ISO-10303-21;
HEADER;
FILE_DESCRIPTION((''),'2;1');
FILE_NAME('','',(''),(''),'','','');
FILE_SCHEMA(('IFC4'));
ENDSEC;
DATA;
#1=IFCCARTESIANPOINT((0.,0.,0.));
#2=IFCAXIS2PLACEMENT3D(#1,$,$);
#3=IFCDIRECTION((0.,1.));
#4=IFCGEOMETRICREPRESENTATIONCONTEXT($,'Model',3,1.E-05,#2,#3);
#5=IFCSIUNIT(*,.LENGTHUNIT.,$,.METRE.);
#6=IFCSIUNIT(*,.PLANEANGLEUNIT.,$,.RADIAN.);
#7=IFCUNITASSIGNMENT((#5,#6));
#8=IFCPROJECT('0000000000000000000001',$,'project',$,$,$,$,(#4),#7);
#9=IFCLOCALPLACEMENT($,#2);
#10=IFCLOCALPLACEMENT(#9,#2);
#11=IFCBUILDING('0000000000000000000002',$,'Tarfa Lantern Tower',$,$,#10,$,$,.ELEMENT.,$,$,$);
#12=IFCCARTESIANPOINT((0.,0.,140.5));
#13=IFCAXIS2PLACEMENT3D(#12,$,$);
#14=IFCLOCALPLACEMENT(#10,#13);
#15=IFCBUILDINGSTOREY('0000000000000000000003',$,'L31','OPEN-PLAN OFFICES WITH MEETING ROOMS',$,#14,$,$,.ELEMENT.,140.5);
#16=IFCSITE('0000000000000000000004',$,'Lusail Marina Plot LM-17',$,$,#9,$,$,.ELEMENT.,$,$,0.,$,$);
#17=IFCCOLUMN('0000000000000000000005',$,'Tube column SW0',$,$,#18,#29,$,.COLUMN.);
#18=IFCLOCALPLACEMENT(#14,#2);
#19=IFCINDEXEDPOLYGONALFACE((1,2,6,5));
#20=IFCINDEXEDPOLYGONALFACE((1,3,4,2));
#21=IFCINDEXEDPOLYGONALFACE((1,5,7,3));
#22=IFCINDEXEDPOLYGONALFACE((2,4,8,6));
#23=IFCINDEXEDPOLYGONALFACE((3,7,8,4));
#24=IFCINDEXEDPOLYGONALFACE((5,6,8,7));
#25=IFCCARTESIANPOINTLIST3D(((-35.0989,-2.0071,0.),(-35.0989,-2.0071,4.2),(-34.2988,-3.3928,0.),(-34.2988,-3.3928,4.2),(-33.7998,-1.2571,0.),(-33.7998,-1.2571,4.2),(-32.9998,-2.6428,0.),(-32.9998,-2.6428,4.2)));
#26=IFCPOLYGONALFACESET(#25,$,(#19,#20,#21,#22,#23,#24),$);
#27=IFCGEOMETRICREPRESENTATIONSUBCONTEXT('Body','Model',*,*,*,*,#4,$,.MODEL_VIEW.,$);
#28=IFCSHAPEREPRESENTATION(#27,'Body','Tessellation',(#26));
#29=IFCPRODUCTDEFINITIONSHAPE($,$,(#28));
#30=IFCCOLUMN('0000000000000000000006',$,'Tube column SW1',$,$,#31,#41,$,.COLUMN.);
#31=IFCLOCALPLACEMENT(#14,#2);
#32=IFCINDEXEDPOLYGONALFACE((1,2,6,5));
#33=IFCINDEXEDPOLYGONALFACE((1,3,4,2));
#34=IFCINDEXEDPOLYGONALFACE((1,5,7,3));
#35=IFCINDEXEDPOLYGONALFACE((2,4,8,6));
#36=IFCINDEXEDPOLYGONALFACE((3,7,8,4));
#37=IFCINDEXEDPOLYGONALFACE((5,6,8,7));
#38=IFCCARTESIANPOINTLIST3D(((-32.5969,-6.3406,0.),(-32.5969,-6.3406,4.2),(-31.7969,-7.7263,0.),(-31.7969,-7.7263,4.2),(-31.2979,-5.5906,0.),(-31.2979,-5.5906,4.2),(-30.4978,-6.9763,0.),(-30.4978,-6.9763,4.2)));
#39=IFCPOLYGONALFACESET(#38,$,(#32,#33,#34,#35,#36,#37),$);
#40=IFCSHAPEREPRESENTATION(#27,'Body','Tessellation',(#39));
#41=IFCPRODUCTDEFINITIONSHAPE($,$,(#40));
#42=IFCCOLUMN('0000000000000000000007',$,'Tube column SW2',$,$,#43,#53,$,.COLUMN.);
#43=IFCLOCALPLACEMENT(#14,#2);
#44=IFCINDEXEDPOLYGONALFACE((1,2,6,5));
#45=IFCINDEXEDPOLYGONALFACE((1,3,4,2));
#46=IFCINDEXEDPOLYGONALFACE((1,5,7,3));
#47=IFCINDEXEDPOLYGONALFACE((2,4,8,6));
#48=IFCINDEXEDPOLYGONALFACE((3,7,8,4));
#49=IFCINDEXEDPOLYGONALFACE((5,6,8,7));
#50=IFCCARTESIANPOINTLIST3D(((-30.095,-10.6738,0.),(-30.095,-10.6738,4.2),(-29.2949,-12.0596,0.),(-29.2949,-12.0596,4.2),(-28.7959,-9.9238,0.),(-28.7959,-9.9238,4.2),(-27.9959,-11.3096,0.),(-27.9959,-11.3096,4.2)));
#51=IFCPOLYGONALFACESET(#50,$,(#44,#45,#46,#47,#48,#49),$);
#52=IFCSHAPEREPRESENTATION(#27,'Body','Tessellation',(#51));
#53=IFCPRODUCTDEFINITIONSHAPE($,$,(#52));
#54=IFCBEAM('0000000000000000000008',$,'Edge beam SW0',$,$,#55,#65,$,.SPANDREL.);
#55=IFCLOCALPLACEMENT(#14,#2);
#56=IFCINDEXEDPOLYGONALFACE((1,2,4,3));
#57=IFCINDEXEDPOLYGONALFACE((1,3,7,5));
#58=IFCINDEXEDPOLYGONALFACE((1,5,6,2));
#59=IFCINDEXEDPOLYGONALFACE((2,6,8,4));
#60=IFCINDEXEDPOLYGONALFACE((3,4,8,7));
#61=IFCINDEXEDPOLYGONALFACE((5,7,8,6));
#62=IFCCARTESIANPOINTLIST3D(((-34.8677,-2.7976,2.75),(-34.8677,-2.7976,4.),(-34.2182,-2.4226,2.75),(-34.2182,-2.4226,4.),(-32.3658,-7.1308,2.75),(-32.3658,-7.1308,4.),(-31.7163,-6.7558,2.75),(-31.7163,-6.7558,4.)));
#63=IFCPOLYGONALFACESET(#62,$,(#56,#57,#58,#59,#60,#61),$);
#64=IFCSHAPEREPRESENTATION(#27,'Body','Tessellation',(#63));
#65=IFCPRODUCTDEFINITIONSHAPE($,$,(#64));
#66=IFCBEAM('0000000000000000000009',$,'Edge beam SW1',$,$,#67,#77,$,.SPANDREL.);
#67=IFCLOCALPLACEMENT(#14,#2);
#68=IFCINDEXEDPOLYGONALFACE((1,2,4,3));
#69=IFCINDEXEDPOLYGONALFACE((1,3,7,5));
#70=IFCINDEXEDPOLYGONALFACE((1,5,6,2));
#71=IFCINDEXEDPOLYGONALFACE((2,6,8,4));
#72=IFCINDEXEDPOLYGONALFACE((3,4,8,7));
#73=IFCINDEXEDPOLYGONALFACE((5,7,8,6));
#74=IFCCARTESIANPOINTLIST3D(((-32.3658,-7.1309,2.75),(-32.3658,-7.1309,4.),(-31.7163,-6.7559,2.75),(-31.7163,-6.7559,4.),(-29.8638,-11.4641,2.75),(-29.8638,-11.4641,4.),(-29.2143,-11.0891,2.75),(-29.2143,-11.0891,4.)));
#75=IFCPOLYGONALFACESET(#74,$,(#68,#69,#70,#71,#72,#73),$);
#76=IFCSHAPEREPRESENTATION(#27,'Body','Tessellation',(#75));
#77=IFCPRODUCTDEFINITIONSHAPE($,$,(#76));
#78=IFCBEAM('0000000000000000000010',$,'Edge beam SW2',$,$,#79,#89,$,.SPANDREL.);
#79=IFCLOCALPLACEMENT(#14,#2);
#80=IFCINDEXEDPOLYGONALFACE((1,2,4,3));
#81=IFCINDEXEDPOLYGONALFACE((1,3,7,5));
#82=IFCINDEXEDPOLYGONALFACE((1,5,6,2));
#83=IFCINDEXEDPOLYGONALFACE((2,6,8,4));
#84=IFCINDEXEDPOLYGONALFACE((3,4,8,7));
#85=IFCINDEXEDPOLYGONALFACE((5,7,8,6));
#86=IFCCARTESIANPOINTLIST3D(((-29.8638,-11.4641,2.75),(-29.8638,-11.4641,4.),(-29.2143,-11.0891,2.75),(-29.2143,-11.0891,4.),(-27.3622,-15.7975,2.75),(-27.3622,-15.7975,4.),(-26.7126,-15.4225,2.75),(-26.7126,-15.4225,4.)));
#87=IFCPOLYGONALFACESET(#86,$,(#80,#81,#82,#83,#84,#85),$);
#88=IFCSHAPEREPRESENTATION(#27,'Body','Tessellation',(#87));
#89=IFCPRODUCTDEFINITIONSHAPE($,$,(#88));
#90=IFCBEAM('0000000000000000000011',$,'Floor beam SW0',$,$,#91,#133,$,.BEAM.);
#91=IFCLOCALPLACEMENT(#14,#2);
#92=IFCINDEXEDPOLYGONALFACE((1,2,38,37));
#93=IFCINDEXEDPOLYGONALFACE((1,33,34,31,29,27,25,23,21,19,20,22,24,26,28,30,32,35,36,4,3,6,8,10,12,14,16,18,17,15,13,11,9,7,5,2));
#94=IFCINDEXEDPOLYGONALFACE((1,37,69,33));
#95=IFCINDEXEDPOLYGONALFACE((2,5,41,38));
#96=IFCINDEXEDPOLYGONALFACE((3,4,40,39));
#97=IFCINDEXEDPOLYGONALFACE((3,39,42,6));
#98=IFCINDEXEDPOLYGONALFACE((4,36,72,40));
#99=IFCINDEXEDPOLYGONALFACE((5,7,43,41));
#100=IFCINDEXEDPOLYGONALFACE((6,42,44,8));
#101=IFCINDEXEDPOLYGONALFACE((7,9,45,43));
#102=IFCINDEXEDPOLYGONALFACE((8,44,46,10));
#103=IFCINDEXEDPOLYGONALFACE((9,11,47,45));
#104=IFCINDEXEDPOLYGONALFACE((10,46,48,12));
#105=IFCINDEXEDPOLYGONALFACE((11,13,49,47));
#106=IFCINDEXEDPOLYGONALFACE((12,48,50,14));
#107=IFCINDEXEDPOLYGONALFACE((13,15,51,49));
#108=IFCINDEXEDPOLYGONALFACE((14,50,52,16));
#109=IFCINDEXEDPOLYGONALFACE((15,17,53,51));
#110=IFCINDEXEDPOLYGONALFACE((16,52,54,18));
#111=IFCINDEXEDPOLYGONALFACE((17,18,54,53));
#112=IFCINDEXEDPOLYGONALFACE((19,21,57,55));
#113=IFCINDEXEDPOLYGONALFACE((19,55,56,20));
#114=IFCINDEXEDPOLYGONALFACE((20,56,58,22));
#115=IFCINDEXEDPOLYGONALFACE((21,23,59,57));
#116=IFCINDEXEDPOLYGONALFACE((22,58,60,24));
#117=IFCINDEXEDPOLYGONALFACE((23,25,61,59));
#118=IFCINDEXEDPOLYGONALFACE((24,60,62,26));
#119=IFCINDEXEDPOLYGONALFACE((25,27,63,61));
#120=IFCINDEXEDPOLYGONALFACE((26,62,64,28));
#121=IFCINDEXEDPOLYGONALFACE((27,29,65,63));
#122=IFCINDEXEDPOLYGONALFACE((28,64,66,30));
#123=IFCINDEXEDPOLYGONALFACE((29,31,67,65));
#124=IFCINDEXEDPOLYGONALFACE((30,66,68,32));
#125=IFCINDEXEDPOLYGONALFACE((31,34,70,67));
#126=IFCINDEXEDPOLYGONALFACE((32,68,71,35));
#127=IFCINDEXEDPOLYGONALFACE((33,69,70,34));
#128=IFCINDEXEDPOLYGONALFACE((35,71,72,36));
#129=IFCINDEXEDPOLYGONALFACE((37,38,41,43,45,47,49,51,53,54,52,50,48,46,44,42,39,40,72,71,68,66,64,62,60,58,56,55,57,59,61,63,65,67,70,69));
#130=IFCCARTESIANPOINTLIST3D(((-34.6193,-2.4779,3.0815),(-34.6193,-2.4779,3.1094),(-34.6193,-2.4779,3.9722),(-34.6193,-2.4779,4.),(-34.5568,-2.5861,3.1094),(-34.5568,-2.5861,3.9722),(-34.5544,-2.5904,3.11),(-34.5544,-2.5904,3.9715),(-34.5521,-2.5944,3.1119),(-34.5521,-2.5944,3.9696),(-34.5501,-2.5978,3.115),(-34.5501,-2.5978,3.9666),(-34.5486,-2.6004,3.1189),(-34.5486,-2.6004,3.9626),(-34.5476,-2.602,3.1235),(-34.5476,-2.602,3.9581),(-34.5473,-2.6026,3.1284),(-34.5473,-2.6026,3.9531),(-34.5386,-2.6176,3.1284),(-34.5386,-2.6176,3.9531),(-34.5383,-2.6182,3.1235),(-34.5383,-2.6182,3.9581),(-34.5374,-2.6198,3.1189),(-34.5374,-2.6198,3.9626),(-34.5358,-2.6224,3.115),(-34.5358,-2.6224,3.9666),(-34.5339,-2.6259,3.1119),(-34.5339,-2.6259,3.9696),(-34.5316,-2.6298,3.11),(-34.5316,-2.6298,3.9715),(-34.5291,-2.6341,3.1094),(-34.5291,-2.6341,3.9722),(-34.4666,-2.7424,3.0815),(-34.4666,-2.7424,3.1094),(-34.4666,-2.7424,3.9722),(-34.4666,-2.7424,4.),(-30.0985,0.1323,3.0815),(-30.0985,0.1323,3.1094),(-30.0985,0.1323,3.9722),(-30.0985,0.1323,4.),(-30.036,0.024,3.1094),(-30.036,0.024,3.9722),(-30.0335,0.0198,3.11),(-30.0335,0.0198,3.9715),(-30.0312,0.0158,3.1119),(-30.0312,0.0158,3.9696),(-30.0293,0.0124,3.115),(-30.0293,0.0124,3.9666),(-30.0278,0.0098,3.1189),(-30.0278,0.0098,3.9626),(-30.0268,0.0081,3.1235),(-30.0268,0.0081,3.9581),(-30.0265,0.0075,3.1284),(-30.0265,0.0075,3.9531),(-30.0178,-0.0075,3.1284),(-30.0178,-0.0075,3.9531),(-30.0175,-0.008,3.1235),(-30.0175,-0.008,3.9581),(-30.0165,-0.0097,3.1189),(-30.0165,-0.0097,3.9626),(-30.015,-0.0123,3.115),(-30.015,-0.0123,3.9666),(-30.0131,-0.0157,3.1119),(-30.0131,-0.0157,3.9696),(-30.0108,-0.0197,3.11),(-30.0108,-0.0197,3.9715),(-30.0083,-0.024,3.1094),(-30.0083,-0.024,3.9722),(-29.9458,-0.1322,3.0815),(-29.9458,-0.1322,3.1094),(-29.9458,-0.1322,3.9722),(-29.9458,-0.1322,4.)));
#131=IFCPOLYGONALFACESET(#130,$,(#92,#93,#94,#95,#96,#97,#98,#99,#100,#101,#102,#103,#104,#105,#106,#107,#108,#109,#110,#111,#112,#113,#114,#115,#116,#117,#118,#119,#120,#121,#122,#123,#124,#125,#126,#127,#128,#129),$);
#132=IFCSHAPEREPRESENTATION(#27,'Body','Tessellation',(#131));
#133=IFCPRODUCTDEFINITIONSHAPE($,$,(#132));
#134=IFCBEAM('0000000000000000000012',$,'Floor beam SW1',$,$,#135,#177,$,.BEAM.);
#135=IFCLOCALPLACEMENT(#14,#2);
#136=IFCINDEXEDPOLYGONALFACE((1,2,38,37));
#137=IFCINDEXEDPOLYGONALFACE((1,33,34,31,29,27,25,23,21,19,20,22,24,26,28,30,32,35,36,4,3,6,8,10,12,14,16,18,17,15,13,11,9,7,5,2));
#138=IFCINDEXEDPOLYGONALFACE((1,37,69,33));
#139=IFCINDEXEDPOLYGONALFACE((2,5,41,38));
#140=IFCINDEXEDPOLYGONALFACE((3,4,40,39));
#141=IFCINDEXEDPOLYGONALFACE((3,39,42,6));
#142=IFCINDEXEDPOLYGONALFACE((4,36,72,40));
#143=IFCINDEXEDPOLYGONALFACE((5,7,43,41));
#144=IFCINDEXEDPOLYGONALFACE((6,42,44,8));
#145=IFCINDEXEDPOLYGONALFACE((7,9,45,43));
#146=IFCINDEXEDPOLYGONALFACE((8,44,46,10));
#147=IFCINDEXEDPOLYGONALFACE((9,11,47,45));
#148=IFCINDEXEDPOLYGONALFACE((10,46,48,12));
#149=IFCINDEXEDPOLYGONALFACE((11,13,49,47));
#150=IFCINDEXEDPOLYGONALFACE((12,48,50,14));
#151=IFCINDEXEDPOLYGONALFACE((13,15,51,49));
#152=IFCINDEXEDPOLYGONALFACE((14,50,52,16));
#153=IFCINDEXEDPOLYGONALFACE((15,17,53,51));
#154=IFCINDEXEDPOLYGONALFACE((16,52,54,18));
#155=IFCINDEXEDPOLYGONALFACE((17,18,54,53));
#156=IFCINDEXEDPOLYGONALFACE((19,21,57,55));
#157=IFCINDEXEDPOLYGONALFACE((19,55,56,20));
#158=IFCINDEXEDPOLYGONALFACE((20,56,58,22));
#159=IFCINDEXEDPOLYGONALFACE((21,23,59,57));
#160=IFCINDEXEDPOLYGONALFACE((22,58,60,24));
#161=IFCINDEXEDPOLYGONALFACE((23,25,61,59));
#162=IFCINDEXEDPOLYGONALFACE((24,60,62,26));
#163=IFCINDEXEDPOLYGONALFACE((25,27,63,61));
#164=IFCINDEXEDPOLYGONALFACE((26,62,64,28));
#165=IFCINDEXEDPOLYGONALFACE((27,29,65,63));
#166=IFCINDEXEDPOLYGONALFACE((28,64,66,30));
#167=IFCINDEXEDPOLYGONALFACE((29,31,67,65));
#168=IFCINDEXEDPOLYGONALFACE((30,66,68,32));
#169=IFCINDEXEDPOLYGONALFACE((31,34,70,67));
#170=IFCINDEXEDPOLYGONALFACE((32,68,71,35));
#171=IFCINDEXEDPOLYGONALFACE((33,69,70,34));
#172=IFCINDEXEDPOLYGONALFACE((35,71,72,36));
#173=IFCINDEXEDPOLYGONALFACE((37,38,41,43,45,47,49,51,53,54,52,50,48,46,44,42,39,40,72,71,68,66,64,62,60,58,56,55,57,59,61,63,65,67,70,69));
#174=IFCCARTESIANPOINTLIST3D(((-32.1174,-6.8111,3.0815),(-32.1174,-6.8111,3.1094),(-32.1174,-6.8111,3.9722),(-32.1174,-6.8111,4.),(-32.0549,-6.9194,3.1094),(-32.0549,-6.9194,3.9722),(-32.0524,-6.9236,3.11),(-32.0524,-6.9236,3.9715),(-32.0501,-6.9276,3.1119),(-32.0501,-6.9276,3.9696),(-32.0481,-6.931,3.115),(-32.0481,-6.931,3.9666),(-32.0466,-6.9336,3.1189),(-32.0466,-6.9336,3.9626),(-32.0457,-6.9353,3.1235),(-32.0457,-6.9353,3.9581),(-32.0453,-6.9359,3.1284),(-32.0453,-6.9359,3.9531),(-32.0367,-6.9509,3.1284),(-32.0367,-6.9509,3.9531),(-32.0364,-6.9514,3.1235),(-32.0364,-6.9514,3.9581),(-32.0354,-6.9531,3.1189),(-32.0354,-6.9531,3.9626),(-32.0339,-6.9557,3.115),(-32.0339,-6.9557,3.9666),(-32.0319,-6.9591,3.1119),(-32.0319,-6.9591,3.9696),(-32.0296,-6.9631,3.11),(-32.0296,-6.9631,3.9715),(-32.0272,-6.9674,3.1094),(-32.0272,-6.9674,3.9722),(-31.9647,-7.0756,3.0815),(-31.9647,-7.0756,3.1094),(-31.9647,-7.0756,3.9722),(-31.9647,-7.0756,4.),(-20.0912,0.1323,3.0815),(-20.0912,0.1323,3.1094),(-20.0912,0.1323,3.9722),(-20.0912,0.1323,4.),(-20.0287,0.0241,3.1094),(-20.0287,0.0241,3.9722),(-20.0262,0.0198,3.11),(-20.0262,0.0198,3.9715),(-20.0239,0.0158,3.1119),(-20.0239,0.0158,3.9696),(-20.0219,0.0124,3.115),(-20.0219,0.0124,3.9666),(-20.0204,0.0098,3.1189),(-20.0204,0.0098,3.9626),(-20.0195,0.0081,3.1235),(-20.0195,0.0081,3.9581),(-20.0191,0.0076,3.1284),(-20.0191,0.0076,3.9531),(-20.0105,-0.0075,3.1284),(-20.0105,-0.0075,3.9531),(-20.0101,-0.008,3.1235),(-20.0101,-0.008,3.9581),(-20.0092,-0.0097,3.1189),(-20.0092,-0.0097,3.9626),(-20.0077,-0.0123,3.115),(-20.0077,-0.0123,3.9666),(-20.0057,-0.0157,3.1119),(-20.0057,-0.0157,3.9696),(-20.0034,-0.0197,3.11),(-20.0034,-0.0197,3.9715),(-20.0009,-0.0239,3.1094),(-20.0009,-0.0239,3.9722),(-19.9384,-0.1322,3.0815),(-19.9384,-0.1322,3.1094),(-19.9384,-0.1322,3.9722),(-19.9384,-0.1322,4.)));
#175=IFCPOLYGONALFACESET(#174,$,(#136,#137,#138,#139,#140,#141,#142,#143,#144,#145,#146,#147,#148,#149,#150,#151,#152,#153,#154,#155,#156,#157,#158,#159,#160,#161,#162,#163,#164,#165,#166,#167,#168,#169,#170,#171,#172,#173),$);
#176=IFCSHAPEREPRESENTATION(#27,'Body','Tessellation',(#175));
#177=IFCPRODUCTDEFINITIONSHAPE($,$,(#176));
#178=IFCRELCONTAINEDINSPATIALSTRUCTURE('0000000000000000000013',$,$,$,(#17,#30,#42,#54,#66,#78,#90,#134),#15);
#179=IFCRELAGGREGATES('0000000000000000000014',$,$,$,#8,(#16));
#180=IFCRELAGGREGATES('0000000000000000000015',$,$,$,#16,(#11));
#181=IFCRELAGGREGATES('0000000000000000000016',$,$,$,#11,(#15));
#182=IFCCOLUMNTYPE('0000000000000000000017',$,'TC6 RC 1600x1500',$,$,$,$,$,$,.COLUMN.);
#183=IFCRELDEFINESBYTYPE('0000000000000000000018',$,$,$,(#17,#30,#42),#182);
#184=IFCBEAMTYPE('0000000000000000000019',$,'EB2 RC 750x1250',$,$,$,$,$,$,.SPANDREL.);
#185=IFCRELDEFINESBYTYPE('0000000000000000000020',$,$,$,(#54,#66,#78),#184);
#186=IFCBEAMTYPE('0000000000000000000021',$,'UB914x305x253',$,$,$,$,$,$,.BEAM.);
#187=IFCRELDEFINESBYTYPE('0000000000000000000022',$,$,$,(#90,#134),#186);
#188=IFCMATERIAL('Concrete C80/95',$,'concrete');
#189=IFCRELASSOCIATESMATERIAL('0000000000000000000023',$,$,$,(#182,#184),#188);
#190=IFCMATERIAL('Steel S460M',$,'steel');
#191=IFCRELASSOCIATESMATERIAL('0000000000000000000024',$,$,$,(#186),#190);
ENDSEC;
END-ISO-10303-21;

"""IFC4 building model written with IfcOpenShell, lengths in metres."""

from ifc_helpers import new_model, si_unit, direction, frame, origin, origin_2d, place, context, subcontext, project, spatial, rectangle, i_section, extrude, material, material_profile, profile_set, type_object, element, save


model = new_model("IFC4")

# Units and contexts
model_context = context("Model", 3, precision=1e-05, world=origin(), true_north=direction((0.0, 1.0)))
body_context = subcontext(model_context, "Body", "Model", "MODEL_VIEW")
ifc_project = project(units=[si_unit("LENGTHUNIT", "METRE"), si_unit("PLANEANGLEUNIT", "RADIAN")], contexts=[model_context])

# Site, building, storey
site_placement = place(None, origin())
site = spatial("IfcSite", under=ifc_project, at=site_placement, Name="Lusail Marina Plot LM-17", CompositionType="ELEMENT", RefElevation=0.0)
building_placement = place(site_placement, origin())
building = spatial("IfcBuilding", under=site, at=building_placement, Name="Tarfa Lantern Tower", CompositionType="ELEMENT")
storey_placement = place(building_placement, frame((0.0, 0.0, 140.5)))
storey = spatial("IfcBuildingStorey", under=building, at=storey_placement, Name="L31", Description="OPEN-PLAN OFFICES WITH MEETING ROOMS", CompositionType="ELEMENT", Elevation=140.5)

# Columns
ifc_material_1 = material(Name="Concrete C80/95", Category="concrete")
ifc_material_profile_1 = material_profile(ifc_material_1, rectangle(XDim=1.6001, YDim=1.5, at=origin_2d()), Name="RC 1600x1500")
ifc_profile_set_1 = profile_set([ifc_material_profile_1], Name="Concrete C80/95")
column_type = type_object("IfcColumnType", Name="TC6 RC 1600x1500", PredefinedType="COLUMN", material=ifc_profile_set_1)
for number, where, z_axis, x_axis, name in (
    (1, (-34.0493, -2.325, 0.0), (0.0, 0.0, 1.0), (0.5, -0.866025, 0.0), "Tube column SW0"),
    (2, (-31.5474, -6.6584, 0.0), (0.0, 0.0, 1.0), (0.5, -0.866025, 0.0), "Tube column SW1"),
    (3, (-29.0454, -10.9917, 0.0), (0.0, 0.0, 1.0), (0.5, -0.866025, 0.0), "Tube column SW2"),
):
    element("IfcColumn", number, at=place(storey_placement, frame(where, z_axis=z_axis, x_axis=x_axis)), inside=storey, type_object=column_type, Name=name, PredefinedType="COLUMN", context=body_context, shape_type="SweptSolid", body=[
        extrude(rectangle(XDim=1.6001, YDim=1.5, at=origin_2d()), origin(), (0.0, 0.0, 1.0), 4.2),
    ])

# Beams
ifc_material_profile_2 = material_profile(ifc_material_1, rectangle(XDim=0.75, YDim=1.25, at=origin_2d()), Name="RC 750x1250")
ifc_profile_set_2 = profile_set([ifc_material_profile_2], Name="Concrete C80/95")
beam_type_1 = type_object("IfcBeamType", Name="EB2 RC 750x1250", PredefinedType="SPANDREL", material=ifc_profile_set_2)
for number, where, z_axis, x_axis, name in (
    (4, (-34.543, -2.6101, 3.375), (0.500022, -0.866013, 0.0), (0.866013, 0.500022, 0.0), "Edge beam SW0"),
    (5, (-32.041, -6.9434, 3.375), (0.500022, -0.866013, 0.0), (0.866013, 0.500022, 0.0), "Edge beam SW1"),
    (6, (-29.5391, -11.2766, 3.375), (0.499965, -0.866046, 0.0), (0.866046, 0.499965, 0.0), "Edge beam SW2"),
):
    element("IfcBeam", number, at=place(storey_placement, frame(where, z_axis=z_axis, x_axis=x_axis)), inside=storey, type_object=beam_type_1, Name=name, PredefinedType="SPANDREL", context=body_context, shape_type="SweptSolid", body=[
        extrude(rectangle(XDim=0.75, YDim=1.25, at=origin_2d()), origin(), (0.0, 0.0, 1.0), 5.0037),
    ])
ifc_material_2 = material(Name="Steel S460M", Category="steel")
ifc_material_profile_3 = material_profile(ifc_material_2, i_section(OverallWidth=0.3054, OverallDepth=0.9185, WebThickness=0.0173, FlangeThickness=0.0278, FilletRadius=0.019, at=origin_2d()), Name="UB914x305x253")
ifc_profile_set_3 = profile_set([ifc_material_profile_3], Name="Steel S460M")
beam_type_2 = type_object("IfcBeamType", Name="UB914x305x253", PredefinedType="BEAM", material=ifc_profile_set_3)
beam_1_placement = place(storey_placement, frame((-34.543, -2.6101, 3.5408), z_axis=(0.866021, 0.500007, 0.0), x_axis=(-0.500007, 0.866021, 0.0)))
element("IfcBeam", 7, at=beam_1_placement, inside=storey, type_object=beam_type_2, Name="Floor beam SW0", PredefinedType="BEAM", context=body_context, shape_type="SweptSolid", body=[
    extrude(i_section(OverallWidth=0.3054, OverallDepth=0.9185, WebThickness=0.0173, FlangeThickness=0.0278, FilletRadius=0.019, at=origin_2d()), origin(), (0.0, 0.0, 1.0), 5.2202),
])
beam_2_placement = place(storey_placement, frame((-32.041, -6.9434, 3.5408), z_axis=(0.866023, 0.500004, 0.0), x_axis=(-0.500004, 0.866023, 0.0)))
element("IfcBeam", 8, at=beam_2_placement, inside=storey, type_object=beam_type_2, Name="Floor beam SW1", PredefinedType="BEAM", context=body_context, shape_type="SweptSolid", body=[
    extrude(i_section(OverallWidth=0.3054, OverallDepth=0.9185, WebThickness=0.0173, FlangeThickness=0.0278, FilletRadius=0.019, at=origin_2d()), origin(), (0.0, 0.0, 1.0), 13.8867),
])

save(model, "model.ifc")
